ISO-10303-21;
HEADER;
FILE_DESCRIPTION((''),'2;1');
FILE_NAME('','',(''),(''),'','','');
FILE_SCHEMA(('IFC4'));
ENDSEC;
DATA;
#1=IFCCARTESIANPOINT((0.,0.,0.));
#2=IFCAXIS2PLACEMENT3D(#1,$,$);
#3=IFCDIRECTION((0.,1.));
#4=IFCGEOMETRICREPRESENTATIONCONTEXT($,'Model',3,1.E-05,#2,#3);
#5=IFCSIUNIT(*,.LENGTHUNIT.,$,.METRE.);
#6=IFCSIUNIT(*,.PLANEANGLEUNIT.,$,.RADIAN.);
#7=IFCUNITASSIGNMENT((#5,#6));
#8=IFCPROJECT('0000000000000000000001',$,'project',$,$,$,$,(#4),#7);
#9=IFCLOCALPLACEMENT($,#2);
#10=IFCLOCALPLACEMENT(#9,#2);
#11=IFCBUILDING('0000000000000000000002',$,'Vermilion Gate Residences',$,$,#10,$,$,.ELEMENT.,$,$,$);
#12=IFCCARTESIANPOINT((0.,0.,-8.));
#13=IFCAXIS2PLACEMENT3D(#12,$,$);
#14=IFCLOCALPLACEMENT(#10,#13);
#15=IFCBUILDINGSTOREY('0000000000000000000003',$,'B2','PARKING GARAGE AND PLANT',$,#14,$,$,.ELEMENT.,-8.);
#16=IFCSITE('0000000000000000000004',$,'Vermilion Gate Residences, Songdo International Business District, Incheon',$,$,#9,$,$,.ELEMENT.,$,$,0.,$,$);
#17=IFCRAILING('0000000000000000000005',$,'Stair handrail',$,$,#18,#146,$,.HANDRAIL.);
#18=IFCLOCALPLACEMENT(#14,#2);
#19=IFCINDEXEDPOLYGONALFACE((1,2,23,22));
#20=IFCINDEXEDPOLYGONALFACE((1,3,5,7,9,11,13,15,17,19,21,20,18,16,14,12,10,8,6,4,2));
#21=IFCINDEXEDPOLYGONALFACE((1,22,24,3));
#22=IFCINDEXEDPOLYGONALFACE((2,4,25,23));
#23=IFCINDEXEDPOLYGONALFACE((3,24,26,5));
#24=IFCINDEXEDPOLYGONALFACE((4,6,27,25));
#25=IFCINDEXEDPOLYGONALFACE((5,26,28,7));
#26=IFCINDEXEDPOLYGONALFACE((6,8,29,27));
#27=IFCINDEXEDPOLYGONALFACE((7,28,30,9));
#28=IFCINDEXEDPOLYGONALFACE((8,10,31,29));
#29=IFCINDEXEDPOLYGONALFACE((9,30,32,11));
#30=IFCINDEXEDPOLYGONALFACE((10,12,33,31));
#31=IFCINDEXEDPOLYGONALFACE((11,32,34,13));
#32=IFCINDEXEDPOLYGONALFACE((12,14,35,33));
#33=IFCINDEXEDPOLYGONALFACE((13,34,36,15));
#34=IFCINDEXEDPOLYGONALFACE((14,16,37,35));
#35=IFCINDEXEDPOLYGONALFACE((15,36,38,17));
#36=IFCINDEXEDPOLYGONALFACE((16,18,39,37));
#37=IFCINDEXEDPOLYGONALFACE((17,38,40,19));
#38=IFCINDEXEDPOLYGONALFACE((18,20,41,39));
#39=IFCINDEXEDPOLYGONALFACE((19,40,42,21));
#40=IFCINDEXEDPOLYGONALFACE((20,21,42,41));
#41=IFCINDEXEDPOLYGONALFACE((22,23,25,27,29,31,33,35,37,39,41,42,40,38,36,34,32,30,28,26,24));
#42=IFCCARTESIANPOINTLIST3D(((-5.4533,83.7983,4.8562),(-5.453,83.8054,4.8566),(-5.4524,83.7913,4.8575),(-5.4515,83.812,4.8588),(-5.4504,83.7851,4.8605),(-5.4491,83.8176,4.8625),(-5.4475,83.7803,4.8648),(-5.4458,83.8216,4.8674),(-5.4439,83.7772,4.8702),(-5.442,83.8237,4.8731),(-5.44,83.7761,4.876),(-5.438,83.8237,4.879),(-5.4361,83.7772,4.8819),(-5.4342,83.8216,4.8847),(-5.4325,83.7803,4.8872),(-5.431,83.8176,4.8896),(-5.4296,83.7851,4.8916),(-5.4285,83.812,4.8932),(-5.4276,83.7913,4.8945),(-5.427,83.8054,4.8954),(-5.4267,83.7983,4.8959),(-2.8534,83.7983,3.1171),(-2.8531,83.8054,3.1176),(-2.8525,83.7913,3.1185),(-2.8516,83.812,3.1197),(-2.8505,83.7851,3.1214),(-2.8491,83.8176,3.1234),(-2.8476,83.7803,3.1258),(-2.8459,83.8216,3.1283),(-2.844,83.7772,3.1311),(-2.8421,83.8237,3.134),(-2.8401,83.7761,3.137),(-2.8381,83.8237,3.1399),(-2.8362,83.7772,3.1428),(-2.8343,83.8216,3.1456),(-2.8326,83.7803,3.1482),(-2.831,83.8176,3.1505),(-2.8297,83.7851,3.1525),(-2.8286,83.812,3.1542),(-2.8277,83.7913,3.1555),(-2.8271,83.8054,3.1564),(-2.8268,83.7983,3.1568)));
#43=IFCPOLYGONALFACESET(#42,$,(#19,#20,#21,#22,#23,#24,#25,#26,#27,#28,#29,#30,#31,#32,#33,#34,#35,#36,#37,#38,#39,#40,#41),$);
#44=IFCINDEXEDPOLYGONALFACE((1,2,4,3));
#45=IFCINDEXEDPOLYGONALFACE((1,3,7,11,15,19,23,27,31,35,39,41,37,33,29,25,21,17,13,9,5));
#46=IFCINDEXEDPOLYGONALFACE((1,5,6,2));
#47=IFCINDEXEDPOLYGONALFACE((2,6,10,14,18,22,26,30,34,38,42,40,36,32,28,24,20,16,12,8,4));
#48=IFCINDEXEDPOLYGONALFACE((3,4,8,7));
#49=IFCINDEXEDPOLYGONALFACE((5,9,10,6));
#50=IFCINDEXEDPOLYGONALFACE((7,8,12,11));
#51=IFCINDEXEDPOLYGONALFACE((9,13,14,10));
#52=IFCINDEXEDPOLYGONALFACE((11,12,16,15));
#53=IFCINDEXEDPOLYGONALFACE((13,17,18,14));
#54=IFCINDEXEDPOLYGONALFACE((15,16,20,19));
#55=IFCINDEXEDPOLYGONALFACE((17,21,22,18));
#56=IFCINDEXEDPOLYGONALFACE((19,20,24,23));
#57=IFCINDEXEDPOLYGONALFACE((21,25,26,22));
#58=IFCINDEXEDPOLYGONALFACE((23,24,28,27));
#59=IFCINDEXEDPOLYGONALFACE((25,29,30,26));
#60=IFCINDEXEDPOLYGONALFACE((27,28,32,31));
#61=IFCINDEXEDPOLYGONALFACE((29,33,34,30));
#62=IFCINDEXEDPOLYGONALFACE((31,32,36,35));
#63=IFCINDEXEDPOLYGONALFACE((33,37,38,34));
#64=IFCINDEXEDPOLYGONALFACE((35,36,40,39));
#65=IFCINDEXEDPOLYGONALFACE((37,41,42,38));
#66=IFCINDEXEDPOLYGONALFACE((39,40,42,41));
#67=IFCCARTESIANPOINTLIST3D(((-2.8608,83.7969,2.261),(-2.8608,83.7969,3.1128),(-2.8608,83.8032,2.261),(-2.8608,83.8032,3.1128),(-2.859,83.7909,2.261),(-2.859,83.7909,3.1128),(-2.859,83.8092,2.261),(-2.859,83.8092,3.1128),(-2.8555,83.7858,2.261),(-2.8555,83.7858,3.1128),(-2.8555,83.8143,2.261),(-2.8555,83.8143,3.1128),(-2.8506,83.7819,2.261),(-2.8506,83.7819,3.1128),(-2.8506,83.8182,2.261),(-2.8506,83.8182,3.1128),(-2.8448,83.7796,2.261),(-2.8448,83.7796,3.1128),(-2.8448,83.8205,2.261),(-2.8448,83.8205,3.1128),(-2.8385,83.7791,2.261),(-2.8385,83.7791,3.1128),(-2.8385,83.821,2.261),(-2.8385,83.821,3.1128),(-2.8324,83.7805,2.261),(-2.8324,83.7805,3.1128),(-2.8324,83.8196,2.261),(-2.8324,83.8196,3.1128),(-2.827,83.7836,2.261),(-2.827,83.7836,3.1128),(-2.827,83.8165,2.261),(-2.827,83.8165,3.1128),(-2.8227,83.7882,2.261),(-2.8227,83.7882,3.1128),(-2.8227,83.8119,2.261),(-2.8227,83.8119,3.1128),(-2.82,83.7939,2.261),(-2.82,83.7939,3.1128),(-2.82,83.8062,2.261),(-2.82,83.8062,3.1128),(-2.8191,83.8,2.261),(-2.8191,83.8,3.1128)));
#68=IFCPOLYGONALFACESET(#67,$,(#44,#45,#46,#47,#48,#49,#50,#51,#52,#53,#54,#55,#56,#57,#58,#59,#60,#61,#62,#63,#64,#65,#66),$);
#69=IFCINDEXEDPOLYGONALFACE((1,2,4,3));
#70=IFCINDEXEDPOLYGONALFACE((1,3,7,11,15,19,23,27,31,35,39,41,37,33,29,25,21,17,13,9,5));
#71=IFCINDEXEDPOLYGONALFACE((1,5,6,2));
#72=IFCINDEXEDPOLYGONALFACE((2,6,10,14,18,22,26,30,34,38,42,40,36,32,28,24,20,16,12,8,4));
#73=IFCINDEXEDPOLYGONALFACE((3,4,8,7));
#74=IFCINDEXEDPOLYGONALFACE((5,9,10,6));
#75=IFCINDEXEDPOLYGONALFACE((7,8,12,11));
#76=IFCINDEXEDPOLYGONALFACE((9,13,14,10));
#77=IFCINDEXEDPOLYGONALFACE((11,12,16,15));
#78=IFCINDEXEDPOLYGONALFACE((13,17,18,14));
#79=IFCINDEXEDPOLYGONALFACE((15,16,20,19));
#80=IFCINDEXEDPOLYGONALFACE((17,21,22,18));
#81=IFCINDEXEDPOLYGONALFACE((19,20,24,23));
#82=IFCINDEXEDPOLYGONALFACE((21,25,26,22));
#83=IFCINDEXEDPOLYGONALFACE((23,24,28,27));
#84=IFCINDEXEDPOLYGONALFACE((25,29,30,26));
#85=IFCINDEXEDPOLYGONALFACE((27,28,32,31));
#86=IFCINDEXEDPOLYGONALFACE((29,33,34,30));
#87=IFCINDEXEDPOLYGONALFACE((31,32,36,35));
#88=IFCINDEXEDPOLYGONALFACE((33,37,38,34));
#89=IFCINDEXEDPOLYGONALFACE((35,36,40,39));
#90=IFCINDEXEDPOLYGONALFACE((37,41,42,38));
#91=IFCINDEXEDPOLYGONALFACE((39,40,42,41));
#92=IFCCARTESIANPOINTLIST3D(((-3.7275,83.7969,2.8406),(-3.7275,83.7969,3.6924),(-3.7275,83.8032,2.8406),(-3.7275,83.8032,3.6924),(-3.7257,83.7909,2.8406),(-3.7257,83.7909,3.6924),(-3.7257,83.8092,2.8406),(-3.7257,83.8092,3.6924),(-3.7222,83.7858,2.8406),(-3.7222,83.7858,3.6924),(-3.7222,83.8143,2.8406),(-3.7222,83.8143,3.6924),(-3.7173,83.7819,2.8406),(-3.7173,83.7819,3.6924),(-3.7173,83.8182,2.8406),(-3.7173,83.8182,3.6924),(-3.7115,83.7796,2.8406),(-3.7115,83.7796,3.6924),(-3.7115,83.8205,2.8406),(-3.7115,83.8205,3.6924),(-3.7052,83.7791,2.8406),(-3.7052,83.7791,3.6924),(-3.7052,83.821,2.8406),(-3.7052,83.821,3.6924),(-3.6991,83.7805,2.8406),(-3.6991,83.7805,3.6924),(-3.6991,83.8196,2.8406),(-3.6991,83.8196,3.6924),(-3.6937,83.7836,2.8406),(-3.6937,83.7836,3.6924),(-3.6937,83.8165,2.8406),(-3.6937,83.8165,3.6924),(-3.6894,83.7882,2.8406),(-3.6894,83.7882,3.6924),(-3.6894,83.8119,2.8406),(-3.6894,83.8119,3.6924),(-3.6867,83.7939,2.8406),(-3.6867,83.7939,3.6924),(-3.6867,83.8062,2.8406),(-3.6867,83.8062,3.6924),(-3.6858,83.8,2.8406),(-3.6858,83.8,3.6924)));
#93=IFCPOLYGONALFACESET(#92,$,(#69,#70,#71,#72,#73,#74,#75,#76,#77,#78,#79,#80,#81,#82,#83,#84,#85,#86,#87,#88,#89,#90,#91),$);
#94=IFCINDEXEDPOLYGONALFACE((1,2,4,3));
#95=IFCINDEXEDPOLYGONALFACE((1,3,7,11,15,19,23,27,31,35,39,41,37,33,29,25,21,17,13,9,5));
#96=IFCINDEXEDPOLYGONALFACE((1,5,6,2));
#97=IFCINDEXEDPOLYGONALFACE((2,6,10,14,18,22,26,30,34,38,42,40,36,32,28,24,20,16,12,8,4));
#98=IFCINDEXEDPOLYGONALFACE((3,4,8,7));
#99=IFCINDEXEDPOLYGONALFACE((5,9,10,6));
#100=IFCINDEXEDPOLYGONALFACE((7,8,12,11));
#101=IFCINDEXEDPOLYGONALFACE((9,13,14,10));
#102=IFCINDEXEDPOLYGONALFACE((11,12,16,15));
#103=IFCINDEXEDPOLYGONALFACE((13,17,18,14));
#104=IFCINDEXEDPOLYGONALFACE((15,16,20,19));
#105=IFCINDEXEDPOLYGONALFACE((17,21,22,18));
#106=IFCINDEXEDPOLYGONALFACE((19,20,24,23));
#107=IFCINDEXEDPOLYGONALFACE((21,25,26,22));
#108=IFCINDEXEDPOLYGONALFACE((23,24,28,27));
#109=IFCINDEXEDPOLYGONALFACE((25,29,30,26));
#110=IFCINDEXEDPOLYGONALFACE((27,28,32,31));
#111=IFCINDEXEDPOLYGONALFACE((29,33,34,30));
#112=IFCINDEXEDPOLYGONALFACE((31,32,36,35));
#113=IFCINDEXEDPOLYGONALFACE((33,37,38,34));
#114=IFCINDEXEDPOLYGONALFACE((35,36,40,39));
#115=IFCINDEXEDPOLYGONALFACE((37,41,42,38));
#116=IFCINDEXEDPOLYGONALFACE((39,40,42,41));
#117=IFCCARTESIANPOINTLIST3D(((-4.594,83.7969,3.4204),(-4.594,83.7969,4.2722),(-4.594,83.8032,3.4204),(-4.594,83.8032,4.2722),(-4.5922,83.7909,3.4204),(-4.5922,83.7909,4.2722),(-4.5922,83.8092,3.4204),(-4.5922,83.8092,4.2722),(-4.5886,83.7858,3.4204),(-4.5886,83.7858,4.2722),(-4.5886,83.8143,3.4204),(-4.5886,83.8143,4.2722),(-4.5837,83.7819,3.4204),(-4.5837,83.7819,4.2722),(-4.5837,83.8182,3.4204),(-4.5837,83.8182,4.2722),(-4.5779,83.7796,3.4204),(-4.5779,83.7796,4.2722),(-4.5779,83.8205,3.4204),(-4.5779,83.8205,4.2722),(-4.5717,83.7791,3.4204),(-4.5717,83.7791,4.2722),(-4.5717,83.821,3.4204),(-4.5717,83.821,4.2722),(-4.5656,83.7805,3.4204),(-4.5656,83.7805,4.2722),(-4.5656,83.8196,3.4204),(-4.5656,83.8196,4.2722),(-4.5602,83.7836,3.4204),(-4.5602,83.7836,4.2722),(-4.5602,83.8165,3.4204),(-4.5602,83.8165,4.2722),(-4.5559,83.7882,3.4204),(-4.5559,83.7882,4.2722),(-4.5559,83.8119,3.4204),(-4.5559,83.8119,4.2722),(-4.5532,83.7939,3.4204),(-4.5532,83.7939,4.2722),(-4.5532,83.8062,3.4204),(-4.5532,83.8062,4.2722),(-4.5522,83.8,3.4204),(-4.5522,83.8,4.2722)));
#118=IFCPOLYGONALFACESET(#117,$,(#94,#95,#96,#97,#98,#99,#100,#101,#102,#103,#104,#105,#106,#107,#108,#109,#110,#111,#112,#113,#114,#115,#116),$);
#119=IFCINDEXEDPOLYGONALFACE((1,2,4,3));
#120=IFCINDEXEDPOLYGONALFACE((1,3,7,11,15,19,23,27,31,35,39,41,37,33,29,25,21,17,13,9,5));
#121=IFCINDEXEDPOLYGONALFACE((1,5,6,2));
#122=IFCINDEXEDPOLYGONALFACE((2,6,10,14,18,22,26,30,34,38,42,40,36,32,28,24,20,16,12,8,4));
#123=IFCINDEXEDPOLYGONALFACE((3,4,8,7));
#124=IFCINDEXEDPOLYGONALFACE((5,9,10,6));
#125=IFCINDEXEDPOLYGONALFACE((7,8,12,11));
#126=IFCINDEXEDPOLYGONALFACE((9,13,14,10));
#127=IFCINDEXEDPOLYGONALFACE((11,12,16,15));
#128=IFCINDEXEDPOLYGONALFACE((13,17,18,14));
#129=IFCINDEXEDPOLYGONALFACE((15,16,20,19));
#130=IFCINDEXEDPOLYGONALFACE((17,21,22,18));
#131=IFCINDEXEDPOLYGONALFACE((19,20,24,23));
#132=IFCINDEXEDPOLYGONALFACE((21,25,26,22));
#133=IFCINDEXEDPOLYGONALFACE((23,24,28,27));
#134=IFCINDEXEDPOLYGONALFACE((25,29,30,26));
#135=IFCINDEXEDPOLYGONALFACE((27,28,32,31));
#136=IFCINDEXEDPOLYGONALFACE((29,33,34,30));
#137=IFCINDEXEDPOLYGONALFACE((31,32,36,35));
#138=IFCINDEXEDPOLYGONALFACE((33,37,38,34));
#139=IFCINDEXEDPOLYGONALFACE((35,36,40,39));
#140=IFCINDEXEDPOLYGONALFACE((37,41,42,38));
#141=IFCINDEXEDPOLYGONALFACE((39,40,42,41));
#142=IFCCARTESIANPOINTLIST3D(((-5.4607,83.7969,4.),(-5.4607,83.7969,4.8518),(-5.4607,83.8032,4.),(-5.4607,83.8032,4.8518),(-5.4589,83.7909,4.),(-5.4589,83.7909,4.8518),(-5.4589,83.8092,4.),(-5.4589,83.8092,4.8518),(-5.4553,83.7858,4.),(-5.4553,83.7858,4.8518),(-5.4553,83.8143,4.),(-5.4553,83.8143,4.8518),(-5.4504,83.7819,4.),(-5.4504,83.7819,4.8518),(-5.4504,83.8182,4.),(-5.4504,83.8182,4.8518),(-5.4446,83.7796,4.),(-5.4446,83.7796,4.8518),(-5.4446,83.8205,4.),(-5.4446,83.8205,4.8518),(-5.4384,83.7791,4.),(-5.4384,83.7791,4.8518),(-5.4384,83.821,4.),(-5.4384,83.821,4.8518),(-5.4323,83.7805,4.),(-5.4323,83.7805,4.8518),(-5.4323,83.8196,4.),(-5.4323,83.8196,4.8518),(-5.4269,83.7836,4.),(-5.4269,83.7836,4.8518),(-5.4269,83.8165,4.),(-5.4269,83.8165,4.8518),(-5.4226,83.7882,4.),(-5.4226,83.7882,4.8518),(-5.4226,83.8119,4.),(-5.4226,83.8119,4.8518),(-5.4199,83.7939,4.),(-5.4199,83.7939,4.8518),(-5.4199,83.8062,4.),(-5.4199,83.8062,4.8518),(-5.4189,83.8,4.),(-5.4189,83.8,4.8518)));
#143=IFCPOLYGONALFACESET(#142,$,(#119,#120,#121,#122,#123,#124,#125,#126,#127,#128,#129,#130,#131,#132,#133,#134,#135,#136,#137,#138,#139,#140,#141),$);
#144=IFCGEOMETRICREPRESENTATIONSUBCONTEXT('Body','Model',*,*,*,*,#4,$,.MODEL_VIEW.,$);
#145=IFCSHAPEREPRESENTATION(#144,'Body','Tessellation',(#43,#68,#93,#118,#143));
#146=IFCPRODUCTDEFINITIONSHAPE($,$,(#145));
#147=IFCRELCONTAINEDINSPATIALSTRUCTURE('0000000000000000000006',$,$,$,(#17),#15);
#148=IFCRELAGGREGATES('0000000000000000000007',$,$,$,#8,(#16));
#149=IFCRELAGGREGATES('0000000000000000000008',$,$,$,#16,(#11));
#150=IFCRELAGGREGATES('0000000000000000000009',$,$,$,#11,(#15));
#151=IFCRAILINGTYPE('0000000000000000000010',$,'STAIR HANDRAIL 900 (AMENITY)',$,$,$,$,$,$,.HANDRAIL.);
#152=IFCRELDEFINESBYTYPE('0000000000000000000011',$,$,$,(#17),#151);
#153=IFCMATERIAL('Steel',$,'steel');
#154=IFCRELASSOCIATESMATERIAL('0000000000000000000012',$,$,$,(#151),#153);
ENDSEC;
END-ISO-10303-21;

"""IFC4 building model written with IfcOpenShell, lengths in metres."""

from ifc_helpers import new_model, si_unit, direction, frame, origin, origin_2d, place, context, subcontext, project, spatial, circle, extrude, material, type_object, element, save


model = new_model("IFC4")

# Units and contexts
model_context = context("Model", 3, precision=1e-05, world=origin(), true_north=direction((0.0, 1.0)))
body_context = subcontext(model_context, "Body", "Model", "MODEL_VIEW")
ifc_project = project(units=[si_unit("LENGTHUNIT", "METRE"), si_unit("PLANEANGLEUNIT", "RADIAN")], contexts=[model_context])

# Site, building, storey
site_placement = place(None, origin())
site = spatial("IfcSite", under=ifc_project, at=site_placement, Name="Vermilion Gate Residences, Songdo International Business District, Incheon", CompositionType="ELEMENT", RefElevation=0.0)
building_placement = place(site_placement, origin())
building = spatial("IfcBuilding", under=site, at=building_placement, Name="Vermilion Gate Residences", CompositionType="ELEMENT")
storey_placement = place(building_placement, frame((0.0, 0.0, -8.0)))
storey = spatial("IfcBuildingStorey", under=building, at=storey_placement, Name="B2", Description="PARKING GARAGE AND PLANT", CompositionType="ELEMENT", Elevation=-8.0)

# Railing
ifc_material_1 = material(Name="Steel", Category="steel")
railing_type = type_object("IfcRailingType", Name="STAIR HANDRAIL 900 (AMENITY)", PredefinedType="HANDRAIL", material=ifc_material_1)
railing_1_placement = place(storey_placement, frame((-2.8401, 83.8, 2.261)))
element("IfcRailing", 1, at=railing_1_placement, inside=storey, type_object=railing_type, Name="Stair handrail", PredefinedType="HANDRAIL", context=body_context, shape_type="SweptSolid", body=[
    extrude(circle(Radius=0.0239, at=origin_2d()), frame((0.0, 0.0, 0.876), z_axis=(-0.831197, 0.0, 0.555978), x_axis=(0.0, -1.0, 0.0)), (0.0, 0.0, 1.0), 3.1279),
    extrude(circle(Radius=0.021, at=origin_2d()), origin(), (0.0, 0.0, 1.0), 0.8518),
    extrude(circle(Radius=0.021, at=origin_2d()), frame((-0.8667, 0.0, 0.5796)), (0.0, 0.0, 1.0), 0.8518),
    extrude(circle(Radius=0.021, at=origin_2d()), frame((-1.7332, 0.0, 1.1594)), (0.0, 0.0, 1.0), 0.8518),
    extrude(circle(Radius=0.021, at=origin_2d()), frame((-2.5999, 0.0, 1.739)), (0.0, 0.0, 1.0), 0.8518),
])

save(model, "model.ifc")
